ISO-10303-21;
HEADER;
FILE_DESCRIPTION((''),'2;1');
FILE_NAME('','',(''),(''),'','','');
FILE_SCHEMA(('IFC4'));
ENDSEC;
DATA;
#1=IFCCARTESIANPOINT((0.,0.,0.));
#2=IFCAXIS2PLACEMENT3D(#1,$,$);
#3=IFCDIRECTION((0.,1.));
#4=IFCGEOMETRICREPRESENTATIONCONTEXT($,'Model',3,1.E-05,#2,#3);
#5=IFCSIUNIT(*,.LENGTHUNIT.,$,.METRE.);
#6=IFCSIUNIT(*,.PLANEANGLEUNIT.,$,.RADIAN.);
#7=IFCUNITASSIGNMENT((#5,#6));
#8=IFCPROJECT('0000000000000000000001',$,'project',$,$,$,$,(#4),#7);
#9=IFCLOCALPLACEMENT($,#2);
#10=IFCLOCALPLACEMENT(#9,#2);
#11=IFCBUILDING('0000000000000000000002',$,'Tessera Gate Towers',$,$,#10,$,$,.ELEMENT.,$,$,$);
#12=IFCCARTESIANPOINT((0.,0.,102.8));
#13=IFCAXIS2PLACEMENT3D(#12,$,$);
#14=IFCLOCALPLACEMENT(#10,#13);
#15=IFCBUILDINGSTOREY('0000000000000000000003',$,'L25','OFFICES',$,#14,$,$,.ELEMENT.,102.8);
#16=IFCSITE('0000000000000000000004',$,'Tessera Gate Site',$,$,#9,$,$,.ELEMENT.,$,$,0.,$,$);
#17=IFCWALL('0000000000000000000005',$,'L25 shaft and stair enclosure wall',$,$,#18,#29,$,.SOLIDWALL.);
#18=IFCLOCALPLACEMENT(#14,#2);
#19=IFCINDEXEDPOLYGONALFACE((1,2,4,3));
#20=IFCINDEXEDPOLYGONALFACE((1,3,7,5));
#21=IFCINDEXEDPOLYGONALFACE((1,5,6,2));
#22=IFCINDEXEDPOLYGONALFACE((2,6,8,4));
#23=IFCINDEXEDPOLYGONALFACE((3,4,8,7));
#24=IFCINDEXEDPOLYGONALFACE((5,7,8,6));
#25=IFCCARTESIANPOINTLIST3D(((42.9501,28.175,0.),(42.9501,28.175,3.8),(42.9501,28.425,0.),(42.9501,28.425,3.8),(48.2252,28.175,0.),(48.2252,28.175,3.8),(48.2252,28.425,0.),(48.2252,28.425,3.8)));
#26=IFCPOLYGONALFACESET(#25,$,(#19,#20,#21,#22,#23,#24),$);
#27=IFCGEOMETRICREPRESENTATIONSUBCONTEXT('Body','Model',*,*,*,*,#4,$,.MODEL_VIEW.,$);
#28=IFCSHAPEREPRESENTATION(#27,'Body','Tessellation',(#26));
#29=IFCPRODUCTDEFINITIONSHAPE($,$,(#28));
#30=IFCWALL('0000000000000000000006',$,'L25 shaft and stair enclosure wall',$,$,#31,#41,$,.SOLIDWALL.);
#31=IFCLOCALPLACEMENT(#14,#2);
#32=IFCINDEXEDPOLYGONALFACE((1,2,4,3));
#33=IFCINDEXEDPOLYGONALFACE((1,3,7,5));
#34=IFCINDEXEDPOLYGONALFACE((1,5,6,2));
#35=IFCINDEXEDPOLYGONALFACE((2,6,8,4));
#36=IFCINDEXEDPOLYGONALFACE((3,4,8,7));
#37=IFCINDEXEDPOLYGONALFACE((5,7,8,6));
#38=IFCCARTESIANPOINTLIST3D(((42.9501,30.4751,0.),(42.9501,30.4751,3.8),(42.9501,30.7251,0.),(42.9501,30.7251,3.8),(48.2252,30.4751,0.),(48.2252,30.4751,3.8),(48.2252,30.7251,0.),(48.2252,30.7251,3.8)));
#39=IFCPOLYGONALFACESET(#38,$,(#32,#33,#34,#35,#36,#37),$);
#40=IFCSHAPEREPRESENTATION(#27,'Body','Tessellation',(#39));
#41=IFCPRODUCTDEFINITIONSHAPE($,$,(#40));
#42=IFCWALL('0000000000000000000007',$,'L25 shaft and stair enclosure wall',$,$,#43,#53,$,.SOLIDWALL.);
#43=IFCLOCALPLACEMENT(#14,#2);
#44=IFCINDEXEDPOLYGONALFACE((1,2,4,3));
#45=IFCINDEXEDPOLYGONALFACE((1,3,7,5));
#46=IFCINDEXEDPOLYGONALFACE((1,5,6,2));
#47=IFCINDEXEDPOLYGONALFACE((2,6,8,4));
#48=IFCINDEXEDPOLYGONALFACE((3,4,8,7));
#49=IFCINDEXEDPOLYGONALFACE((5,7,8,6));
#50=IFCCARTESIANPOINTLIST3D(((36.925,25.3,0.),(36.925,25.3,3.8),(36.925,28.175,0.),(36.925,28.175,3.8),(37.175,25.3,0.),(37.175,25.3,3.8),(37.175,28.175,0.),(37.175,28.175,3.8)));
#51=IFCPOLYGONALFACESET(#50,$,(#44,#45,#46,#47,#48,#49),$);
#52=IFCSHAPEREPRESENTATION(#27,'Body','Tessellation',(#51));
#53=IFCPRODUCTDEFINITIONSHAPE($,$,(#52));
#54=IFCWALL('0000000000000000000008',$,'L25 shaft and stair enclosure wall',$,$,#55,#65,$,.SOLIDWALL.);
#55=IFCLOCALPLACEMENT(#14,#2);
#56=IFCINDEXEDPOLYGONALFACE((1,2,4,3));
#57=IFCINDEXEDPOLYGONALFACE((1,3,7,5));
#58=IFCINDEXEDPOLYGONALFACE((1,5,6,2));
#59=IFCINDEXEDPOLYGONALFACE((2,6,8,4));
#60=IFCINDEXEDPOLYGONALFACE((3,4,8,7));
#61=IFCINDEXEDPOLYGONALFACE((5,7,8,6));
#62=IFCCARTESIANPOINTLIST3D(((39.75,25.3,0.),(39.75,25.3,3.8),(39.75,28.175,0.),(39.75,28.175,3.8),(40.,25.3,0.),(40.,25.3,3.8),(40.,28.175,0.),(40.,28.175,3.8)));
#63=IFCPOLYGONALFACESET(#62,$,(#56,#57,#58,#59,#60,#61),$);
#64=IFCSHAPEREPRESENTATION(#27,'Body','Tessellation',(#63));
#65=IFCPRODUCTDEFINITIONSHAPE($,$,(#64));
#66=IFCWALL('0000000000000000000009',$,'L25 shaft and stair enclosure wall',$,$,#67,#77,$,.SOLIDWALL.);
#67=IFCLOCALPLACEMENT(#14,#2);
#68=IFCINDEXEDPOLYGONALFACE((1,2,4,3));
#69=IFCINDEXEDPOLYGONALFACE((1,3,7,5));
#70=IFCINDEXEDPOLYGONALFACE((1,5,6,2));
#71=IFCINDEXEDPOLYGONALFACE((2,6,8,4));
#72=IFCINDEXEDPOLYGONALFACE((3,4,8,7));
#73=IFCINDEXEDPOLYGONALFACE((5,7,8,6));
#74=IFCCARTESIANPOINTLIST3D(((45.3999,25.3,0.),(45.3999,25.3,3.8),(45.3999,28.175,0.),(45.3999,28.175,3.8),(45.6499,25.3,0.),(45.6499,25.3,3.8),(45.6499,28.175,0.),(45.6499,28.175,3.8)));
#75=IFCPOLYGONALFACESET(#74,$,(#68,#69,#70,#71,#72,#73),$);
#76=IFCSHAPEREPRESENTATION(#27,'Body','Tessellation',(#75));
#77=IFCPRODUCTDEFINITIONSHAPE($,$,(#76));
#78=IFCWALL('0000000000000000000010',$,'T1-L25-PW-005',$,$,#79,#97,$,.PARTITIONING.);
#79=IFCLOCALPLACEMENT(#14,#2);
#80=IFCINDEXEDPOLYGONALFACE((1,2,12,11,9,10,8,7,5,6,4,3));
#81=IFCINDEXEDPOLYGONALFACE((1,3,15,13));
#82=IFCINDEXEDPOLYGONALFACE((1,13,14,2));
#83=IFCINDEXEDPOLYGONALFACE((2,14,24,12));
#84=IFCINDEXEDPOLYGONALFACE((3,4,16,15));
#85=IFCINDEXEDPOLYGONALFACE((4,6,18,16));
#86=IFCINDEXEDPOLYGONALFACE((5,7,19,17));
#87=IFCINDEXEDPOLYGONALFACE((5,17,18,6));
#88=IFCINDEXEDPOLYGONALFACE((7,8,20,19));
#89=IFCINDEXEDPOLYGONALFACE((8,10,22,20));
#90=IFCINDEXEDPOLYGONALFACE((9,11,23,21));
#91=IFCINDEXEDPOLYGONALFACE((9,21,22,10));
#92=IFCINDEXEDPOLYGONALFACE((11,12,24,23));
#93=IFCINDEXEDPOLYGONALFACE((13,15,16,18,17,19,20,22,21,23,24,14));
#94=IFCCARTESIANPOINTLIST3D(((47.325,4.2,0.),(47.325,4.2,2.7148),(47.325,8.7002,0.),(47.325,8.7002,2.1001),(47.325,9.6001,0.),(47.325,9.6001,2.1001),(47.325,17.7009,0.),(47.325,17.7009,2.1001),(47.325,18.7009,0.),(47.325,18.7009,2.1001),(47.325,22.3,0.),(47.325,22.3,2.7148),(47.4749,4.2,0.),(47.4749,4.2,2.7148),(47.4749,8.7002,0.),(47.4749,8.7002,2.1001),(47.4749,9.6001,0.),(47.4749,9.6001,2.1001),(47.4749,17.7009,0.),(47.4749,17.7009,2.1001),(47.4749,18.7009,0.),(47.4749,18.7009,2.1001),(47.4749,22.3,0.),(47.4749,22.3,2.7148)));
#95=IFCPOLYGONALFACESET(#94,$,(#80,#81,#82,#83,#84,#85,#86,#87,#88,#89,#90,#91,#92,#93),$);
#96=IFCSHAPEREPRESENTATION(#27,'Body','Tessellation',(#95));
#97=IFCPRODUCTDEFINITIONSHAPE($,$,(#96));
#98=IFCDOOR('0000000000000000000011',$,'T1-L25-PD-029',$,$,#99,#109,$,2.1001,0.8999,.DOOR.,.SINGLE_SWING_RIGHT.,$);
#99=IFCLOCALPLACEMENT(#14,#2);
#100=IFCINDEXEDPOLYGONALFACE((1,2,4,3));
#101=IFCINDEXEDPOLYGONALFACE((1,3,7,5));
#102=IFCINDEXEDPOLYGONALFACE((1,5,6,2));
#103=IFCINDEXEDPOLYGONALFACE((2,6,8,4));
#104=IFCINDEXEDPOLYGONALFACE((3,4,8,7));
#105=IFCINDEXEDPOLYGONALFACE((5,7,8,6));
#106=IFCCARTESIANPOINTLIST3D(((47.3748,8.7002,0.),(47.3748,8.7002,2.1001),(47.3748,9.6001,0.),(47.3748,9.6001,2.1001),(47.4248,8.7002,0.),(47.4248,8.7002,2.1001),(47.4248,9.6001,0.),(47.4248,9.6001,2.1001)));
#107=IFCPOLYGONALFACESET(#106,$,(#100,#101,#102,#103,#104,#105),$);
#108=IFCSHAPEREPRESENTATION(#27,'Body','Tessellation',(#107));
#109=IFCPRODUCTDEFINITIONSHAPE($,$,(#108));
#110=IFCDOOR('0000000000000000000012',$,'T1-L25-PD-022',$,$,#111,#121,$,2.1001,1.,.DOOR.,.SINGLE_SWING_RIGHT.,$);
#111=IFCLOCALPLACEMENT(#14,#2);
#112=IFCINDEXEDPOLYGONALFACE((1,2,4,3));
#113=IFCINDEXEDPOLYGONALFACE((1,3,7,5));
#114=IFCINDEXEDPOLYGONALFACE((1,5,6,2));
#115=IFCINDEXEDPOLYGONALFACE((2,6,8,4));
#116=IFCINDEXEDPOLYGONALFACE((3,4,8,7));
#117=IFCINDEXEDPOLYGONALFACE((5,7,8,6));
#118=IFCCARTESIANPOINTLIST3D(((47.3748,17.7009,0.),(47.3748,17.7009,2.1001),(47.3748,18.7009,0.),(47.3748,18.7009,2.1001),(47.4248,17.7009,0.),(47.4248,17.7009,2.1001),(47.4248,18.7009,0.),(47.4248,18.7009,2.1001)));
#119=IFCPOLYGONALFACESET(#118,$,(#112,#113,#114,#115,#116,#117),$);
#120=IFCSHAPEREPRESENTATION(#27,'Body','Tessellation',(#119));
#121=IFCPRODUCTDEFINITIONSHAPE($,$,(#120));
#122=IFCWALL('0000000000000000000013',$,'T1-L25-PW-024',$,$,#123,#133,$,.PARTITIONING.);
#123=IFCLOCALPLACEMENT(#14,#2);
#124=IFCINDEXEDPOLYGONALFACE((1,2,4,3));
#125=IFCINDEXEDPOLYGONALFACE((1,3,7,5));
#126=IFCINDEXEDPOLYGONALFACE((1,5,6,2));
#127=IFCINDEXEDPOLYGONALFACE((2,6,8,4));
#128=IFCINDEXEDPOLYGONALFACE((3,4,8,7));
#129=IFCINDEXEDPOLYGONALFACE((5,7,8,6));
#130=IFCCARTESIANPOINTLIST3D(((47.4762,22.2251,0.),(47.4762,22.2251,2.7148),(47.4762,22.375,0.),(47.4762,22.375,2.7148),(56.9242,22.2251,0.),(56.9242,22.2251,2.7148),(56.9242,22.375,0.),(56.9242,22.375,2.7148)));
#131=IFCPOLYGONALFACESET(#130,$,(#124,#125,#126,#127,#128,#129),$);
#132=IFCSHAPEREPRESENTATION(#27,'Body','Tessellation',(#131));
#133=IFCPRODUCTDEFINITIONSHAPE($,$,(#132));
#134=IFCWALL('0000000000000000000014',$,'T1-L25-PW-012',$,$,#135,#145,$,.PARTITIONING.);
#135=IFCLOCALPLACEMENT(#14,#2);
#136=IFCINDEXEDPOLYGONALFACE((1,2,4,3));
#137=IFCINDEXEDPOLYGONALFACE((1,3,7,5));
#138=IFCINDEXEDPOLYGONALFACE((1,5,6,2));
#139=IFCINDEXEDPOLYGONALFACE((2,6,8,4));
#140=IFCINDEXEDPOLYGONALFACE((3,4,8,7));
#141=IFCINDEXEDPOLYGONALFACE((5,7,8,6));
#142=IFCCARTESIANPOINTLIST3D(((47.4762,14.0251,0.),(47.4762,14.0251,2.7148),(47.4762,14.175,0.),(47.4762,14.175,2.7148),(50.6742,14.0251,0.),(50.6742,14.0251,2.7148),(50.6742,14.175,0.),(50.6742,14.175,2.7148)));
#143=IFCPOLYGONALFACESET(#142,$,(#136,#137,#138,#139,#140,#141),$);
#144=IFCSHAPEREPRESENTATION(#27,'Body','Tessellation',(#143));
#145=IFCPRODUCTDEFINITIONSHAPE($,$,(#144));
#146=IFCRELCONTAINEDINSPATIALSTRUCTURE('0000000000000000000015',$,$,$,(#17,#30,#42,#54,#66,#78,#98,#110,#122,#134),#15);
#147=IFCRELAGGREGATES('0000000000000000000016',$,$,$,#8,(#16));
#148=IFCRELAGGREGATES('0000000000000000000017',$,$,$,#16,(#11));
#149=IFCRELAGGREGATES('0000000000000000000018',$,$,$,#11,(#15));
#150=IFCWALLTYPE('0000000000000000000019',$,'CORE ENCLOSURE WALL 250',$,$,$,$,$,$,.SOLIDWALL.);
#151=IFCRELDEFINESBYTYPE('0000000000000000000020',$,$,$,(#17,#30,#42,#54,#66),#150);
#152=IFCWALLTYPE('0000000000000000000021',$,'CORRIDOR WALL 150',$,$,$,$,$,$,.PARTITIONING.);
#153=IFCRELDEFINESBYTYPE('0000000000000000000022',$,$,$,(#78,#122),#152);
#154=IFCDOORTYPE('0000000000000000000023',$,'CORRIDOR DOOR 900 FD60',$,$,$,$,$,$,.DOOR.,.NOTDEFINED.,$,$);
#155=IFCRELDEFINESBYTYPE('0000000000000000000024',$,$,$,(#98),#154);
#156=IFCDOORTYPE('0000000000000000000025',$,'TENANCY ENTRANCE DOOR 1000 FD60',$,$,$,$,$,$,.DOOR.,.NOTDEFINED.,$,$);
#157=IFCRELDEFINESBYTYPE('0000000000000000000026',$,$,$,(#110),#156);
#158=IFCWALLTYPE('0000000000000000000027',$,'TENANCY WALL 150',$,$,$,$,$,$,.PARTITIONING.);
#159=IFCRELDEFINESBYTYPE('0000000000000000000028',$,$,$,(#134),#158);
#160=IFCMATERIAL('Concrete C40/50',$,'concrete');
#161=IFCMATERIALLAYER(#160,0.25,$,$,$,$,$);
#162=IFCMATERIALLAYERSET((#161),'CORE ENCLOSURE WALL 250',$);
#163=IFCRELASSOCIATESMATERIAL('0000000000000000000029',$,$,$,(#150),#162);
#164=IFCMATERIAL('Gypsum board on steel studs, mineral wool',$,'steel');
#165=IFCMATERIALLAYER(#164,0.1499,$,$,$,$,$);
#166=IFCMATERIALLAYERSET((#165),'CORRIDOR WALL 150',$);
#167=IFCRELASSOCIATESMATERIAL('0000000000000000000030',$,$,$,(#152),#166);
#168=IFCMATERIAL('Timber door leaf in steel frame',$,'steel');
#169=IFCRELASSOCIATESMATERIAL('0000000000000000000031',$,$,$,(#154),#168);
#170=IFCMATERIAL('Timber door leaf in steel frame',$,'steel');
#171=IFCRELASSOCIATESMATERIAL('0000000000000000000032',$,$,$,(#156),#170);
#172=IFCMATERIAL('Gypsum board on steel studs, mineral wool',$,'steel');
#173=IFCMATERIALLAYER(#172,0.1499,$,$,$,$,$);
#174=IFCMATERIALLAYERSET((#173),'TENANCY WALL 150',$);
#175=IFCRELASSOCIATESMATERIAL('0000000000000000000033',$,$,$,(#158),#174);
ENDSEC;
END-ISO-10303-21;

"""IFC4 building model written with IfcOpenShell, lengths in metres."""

from ifc_helpers import new_model, si_unit, direction, frame, frame_2d, origin, place, context, subcontext, project, spatial, rectangle, extrude, source, transform, mapped, material, layer, layer_set, type_object, element, fill, save


model = new_model("IFC4")

# Units and contexts
model_context = context("Model", 3, precision=1e-05, world=origin(), true_north=direction((0.0, 1.0)))
body_context = subcontext(model_context, "Body", "Model", "MODEL_VIEW")
ifc_project = project(units=[si_unit("LENGTHUNIT", "METRE"), si_unit("PLANEANGLEUNIT", "RADIAN")], contexts=[model_context])

# Site, building, storey
site_placement = place(None, origin())
site = spatial("IfcSite", under=ifc_project, at=site_placement, Name="Tessera Gate Site", CompositionType="ELEMENT", RefElevation=0.0)
building_placement = place(site_placement, origin())
building = spatial("IfcBuilding", under=site, at=building_placement, Name="Tessera Gate Towers", CompositionType="ELEMENT")
storey_placement = place(building_placement, frame((0.0, 0.0, 102.8)))
storey = spatial("IfcBuildingStorey", under=building, at=storey_placement, Name="L25", Description="OFFICES", CompositionType="ELEMENT", Elevation=102.8)

# Shared definitions
ifc_material_1 = material(Name="Concrete C40/50", Category="concrete")
ifc_layer_1 = layer(ifc_material_1, 0.25)
ifc_layer_set_1 = layer_set([ifc_layer_1], Name="CORE ENCLOSURE WALL 250")
wall_type_1 = type_object("IfcWallType", Name="CORE ENCLOSURE WALL 250", PredefinedType="SOLIDWALL", material=ifc_layer_set_1)

# Walls
for number, where, z_axis, x_axis, name in (
    (1, (42.95, 28.3, 0.0), (0.0, 0.0, 1.0), (1.0, 0.0, 0.0), "L25 shaft and stair enclosure wall"),
    (2, (42.95, 30.6001, 0.0), (0.0, 0.0, 1.0), (1.0, 0.0, 0.0), "L25 shaft and stair enclosure wall"),
):
    element("IfcWall", number, at=place(storey_placement, frame(where, z_axis=z_axis, x_axis=x_axis)), inside=storey, type_object=wall_type_1, Name=name, PredefinedType="SOLIDWALL", context=body_context, shape_type="SweptSolid", body=[
        extrude(rectangle(XDim=5.2751, YDim=0.25, at=frame_2d((2.6377, 0.0))), origin(), (0.0, 0.0, 1.0), 3.8),
    ])
for number, where, z_axis, x_axis, name in (
    (3, (37.05, 25.3, 0.0), (0.0, 0.0, 1.0), (0.0, 1.0, 0.0), "L25 shaft and stair enclosure wall"),
    (4, (39.875, 25.3, 0.0), (0.0, 0.0, 1.0), (0.0, 1.0, 0.0), "L25 shaft and stair enclosure wall"),
    (5, (45.5249, 25.3, 0.0), (0.0, 0.0, 1.0), (0.0, 1.0, 0.0), "L25 shaft and stair enclosure wall"),
):
    element("IfcWall", number, at=place(storey_placement, frame(where, z_axis=z_axis, x_axis=x_axis)), inside=storey, type_object=wall_type_1, Name=name, PredefinedType="SOLIDWALL", context=body_context, shape_type="SweptSolid", body=[
        extrude(rectangle(XDim=2.875, YDim=0.25, at=frame_2d((1.4375, 0.0))), origin(), (0.0, 0.0, 1.0), 3.8),
    ])

# Wall, openings, doors
ifc_material_2 = material(Name="Gypsum board on steel studs, mineral wool", Category="steel")
ifc_layer_2 = layer(ifc_material_2, 0.1499)
ifc_layer_set_2 = layer_set([ifc_layer_2], Name="CORRIDOR WALL 150")
wall_type_2 = type_object("IfcWallType", Name="CORRIDOR WALL 150", PredefinedType="PARTITIONING", material=ifc_layer_set_2)
wall_1_placement = place(storey_placement, frame((47.3999, 22.3, 0.0), z_axis=(0.0, 0.0, 1.0), x_axis=(0.0, -1.0, 0.0)))
wall_1 = element("IfcWall", 6, at=wall_1_placement, inside=storey, type_object=wall_type_2, Name="T1-L25-PW-005", PredefinedType="PARTITIONING", context=body_context, shape_type="SweptSolid", body=[
    extrude(rectangle(XDim=18.1001, YDim=0.1499, at=frame_2d((9.05, 0.0))), origin(), (0.0, 0.0, 1.0), 2.7148),
])
shared_shape_1 = source(origin(), body_context, "Body", "SweptSolid", [
    extrude(rectangle(XDim=1.0, YDim=2.1001, at=frame_2d((0.5, 1.05))), frame((0.0, 0.085, 0.0), z_axis=(0.0, -1.0, 0.0), x_axis=(1.0, 0.0, 0.0)), (0.0, 0.0, 1.0), 0.1699),
])
opening_1_placement = place(wall_1_placement, frame((3.5991, 0.0, 0.0)))
opening_1 = element("IfcOpeningElement", 7, at=opening_1_placement, cuts=wall_1, PredefinedType="OPENING", context=body_context, shape_type="MappedRepresentation", body=[
    mapped(shared_shape_1, transform((0.0, 0.0, 0.0), scale=1.0)),
])
shared_shape_2 = source(origin(), body_context, "Body", "SweptSolid", [
    extrude(rectangle(XDim=0.8999, YDim=2.1001, at=frame_2d((0.45, 1.05))), frame((0.0, 0.085, 0.0), z_axis=(0.0, -1.0, 0.0), x_axis=(1.0, 0.0, 0.0)), (0.0, 0.0, 1.0), 0.1699),
])
opening_2_placement = place(wall_1_placement, frame((12.7, 0.0, 0.0)))
opening_2 = element("IfcOpeningElement", 8, at=opening_2_placement, cuts=wall_1, PredefinedType="OPENING", context=body_context, shape_type="MappedRepresentation", body=[
    mapped(shared_shape_2, transform((0.0, 0.0, 0.0), scale=1.0)),
])
ifc_material_3 = material(Name="Timber door leaf in steel frame", Category="steel")
door_type_1 = type_object("IfcDoorType", Name="CORRIDOR DOOR 900 FD60", OperationType="NOTDEFINED", PredefinedType="DOOR", material=ifc_material_3)
shared_shape_3 = source(origin(), body_context, "Body", "SweptSolid", [
    extrude(rectangle(XDim=0.8999, YDim=2.1001, at=frame_2d((0.45, 1.05))), frame((0.0, 0.0249, 0.0), z_axis=(0.0, -1.0, 0.0), x_axis=(1.0, 0.0, 0.0)), (0.0, 0.0, 1.0), 0.05),
])
door_1_placement = place(opening_2_placement, origin())
door_1 = element("IfcDoor", 9, at=door_1_placement, inside=storey, type_object=door_type_1, Name="T1-L25-PD-029", OperationType="SINGLE_SWING_RIGHT", OverallHeight=2.1001, OverallWidth=0.8999, PredefinedType="DOOR", context=body_context, shape_type="MappedRepresentation", body=[
    mapped(shared_shape_3, transform((0.0, 0.0, 0.0), scale=1.0)),
])
fill(opening_2, door_1)
ifc_material_4 = material(Name="Timber door leaf in steel frame", Category="steel")
door_type_2 = type_object("IfcDoorType", Name="TENANCY ENTRANCE DOOR 1000 FD60", OperationType="NOTDEFINED", PredefinedType="DOOR", material=ifc_material_4)
shared_shape_4 = source(origin(), body_context, "Body", "SweptSolid", [
    extrude(rectangle(XDim=1.0, YDim=2.1001, at=frame_2d((0.5, 1.05))), frame((0.0, 0.0249, 0.0), z_axis=(0.0, -1.0, 0.0), x_axis=(1.0, 0.0, 0.0)), (0.0, 0.0, 1.0), 0.05),
])
door_2_placement = place(opening_1_placement, origin())
door_2 = element("IfcDoor", 10, at=door_2_placement, inside=storey, type_object=door_type_2, Name="T1-L25-PD-022", OperationType="SINGLE_SWING_RIGHT", OverallHeight=2.1001, OverallWidth=1.0, PredefinedType="DOOR", context=body_context, shape_type="MappedRepresentation", body=[
    mapped(shared_shape_4, transform((0.0, 0.0, 0.0), scale=1.0)),
])
fill(opening_1, door_2)

# Walls
wall_2_placement = place(storey_placement, frame((47.4761, 22.3, 0.0), z_axis=(0.0, 0.0, 1.0), x_axis=(1.0, 0.0, 0.0)))
element("IfcWall", 11, at=wall_2_placement, inside=storey, type_object=wall_type_2, Name="T1-L25-PW-024", PredefinedType="PARTITIONING", context=body_context, shape_type="SweptSolid", body=[
    extrude(rectangle(XDim=9.448, YDim=0.1499, at=frame_2d((4.7241, 0.0))), origin(), (0.0, 0.0, 1.0), 2.7148),
])
ifc_material_5 = material(Name="Gypsum board on steel studs, mineral wool", Category="steel")
ifc_layer_3 = layer(ifc_material_5, 0.1499)
ifc_layer_set_3 = layer_set([ifc_layer_3], Name="TENANCY WALL 150")
wall_type_3 = type_object("IfcWallType", Name="TENANCY WALL 150", PredefinedType="PARTITIONING", material=ifc_layer_set_3)
wall_3_placement = place(storey_placement, frame((47.4761, 14.1001, 0.0), z_axis=(0.0, 0.0, 1.0), x_axis=(1.0, 0.0, 0.0)))
element("IfcWall", 12, at=wall_3_placement, inside=storey, type_object=wall_type_3, Name="T1-L25-PW-012", PredefinedType="PARTITIONING", context=body_context, shape_type="SweptSolid", body=[
    extrude(rectangle(XDim=3.198, YDim=0.1499, at=frame_2d((1.5991, 0.0))), origin(), (0.0, 0.0, 1.0), 2.7148),
])

save(model, "model.ifc")
